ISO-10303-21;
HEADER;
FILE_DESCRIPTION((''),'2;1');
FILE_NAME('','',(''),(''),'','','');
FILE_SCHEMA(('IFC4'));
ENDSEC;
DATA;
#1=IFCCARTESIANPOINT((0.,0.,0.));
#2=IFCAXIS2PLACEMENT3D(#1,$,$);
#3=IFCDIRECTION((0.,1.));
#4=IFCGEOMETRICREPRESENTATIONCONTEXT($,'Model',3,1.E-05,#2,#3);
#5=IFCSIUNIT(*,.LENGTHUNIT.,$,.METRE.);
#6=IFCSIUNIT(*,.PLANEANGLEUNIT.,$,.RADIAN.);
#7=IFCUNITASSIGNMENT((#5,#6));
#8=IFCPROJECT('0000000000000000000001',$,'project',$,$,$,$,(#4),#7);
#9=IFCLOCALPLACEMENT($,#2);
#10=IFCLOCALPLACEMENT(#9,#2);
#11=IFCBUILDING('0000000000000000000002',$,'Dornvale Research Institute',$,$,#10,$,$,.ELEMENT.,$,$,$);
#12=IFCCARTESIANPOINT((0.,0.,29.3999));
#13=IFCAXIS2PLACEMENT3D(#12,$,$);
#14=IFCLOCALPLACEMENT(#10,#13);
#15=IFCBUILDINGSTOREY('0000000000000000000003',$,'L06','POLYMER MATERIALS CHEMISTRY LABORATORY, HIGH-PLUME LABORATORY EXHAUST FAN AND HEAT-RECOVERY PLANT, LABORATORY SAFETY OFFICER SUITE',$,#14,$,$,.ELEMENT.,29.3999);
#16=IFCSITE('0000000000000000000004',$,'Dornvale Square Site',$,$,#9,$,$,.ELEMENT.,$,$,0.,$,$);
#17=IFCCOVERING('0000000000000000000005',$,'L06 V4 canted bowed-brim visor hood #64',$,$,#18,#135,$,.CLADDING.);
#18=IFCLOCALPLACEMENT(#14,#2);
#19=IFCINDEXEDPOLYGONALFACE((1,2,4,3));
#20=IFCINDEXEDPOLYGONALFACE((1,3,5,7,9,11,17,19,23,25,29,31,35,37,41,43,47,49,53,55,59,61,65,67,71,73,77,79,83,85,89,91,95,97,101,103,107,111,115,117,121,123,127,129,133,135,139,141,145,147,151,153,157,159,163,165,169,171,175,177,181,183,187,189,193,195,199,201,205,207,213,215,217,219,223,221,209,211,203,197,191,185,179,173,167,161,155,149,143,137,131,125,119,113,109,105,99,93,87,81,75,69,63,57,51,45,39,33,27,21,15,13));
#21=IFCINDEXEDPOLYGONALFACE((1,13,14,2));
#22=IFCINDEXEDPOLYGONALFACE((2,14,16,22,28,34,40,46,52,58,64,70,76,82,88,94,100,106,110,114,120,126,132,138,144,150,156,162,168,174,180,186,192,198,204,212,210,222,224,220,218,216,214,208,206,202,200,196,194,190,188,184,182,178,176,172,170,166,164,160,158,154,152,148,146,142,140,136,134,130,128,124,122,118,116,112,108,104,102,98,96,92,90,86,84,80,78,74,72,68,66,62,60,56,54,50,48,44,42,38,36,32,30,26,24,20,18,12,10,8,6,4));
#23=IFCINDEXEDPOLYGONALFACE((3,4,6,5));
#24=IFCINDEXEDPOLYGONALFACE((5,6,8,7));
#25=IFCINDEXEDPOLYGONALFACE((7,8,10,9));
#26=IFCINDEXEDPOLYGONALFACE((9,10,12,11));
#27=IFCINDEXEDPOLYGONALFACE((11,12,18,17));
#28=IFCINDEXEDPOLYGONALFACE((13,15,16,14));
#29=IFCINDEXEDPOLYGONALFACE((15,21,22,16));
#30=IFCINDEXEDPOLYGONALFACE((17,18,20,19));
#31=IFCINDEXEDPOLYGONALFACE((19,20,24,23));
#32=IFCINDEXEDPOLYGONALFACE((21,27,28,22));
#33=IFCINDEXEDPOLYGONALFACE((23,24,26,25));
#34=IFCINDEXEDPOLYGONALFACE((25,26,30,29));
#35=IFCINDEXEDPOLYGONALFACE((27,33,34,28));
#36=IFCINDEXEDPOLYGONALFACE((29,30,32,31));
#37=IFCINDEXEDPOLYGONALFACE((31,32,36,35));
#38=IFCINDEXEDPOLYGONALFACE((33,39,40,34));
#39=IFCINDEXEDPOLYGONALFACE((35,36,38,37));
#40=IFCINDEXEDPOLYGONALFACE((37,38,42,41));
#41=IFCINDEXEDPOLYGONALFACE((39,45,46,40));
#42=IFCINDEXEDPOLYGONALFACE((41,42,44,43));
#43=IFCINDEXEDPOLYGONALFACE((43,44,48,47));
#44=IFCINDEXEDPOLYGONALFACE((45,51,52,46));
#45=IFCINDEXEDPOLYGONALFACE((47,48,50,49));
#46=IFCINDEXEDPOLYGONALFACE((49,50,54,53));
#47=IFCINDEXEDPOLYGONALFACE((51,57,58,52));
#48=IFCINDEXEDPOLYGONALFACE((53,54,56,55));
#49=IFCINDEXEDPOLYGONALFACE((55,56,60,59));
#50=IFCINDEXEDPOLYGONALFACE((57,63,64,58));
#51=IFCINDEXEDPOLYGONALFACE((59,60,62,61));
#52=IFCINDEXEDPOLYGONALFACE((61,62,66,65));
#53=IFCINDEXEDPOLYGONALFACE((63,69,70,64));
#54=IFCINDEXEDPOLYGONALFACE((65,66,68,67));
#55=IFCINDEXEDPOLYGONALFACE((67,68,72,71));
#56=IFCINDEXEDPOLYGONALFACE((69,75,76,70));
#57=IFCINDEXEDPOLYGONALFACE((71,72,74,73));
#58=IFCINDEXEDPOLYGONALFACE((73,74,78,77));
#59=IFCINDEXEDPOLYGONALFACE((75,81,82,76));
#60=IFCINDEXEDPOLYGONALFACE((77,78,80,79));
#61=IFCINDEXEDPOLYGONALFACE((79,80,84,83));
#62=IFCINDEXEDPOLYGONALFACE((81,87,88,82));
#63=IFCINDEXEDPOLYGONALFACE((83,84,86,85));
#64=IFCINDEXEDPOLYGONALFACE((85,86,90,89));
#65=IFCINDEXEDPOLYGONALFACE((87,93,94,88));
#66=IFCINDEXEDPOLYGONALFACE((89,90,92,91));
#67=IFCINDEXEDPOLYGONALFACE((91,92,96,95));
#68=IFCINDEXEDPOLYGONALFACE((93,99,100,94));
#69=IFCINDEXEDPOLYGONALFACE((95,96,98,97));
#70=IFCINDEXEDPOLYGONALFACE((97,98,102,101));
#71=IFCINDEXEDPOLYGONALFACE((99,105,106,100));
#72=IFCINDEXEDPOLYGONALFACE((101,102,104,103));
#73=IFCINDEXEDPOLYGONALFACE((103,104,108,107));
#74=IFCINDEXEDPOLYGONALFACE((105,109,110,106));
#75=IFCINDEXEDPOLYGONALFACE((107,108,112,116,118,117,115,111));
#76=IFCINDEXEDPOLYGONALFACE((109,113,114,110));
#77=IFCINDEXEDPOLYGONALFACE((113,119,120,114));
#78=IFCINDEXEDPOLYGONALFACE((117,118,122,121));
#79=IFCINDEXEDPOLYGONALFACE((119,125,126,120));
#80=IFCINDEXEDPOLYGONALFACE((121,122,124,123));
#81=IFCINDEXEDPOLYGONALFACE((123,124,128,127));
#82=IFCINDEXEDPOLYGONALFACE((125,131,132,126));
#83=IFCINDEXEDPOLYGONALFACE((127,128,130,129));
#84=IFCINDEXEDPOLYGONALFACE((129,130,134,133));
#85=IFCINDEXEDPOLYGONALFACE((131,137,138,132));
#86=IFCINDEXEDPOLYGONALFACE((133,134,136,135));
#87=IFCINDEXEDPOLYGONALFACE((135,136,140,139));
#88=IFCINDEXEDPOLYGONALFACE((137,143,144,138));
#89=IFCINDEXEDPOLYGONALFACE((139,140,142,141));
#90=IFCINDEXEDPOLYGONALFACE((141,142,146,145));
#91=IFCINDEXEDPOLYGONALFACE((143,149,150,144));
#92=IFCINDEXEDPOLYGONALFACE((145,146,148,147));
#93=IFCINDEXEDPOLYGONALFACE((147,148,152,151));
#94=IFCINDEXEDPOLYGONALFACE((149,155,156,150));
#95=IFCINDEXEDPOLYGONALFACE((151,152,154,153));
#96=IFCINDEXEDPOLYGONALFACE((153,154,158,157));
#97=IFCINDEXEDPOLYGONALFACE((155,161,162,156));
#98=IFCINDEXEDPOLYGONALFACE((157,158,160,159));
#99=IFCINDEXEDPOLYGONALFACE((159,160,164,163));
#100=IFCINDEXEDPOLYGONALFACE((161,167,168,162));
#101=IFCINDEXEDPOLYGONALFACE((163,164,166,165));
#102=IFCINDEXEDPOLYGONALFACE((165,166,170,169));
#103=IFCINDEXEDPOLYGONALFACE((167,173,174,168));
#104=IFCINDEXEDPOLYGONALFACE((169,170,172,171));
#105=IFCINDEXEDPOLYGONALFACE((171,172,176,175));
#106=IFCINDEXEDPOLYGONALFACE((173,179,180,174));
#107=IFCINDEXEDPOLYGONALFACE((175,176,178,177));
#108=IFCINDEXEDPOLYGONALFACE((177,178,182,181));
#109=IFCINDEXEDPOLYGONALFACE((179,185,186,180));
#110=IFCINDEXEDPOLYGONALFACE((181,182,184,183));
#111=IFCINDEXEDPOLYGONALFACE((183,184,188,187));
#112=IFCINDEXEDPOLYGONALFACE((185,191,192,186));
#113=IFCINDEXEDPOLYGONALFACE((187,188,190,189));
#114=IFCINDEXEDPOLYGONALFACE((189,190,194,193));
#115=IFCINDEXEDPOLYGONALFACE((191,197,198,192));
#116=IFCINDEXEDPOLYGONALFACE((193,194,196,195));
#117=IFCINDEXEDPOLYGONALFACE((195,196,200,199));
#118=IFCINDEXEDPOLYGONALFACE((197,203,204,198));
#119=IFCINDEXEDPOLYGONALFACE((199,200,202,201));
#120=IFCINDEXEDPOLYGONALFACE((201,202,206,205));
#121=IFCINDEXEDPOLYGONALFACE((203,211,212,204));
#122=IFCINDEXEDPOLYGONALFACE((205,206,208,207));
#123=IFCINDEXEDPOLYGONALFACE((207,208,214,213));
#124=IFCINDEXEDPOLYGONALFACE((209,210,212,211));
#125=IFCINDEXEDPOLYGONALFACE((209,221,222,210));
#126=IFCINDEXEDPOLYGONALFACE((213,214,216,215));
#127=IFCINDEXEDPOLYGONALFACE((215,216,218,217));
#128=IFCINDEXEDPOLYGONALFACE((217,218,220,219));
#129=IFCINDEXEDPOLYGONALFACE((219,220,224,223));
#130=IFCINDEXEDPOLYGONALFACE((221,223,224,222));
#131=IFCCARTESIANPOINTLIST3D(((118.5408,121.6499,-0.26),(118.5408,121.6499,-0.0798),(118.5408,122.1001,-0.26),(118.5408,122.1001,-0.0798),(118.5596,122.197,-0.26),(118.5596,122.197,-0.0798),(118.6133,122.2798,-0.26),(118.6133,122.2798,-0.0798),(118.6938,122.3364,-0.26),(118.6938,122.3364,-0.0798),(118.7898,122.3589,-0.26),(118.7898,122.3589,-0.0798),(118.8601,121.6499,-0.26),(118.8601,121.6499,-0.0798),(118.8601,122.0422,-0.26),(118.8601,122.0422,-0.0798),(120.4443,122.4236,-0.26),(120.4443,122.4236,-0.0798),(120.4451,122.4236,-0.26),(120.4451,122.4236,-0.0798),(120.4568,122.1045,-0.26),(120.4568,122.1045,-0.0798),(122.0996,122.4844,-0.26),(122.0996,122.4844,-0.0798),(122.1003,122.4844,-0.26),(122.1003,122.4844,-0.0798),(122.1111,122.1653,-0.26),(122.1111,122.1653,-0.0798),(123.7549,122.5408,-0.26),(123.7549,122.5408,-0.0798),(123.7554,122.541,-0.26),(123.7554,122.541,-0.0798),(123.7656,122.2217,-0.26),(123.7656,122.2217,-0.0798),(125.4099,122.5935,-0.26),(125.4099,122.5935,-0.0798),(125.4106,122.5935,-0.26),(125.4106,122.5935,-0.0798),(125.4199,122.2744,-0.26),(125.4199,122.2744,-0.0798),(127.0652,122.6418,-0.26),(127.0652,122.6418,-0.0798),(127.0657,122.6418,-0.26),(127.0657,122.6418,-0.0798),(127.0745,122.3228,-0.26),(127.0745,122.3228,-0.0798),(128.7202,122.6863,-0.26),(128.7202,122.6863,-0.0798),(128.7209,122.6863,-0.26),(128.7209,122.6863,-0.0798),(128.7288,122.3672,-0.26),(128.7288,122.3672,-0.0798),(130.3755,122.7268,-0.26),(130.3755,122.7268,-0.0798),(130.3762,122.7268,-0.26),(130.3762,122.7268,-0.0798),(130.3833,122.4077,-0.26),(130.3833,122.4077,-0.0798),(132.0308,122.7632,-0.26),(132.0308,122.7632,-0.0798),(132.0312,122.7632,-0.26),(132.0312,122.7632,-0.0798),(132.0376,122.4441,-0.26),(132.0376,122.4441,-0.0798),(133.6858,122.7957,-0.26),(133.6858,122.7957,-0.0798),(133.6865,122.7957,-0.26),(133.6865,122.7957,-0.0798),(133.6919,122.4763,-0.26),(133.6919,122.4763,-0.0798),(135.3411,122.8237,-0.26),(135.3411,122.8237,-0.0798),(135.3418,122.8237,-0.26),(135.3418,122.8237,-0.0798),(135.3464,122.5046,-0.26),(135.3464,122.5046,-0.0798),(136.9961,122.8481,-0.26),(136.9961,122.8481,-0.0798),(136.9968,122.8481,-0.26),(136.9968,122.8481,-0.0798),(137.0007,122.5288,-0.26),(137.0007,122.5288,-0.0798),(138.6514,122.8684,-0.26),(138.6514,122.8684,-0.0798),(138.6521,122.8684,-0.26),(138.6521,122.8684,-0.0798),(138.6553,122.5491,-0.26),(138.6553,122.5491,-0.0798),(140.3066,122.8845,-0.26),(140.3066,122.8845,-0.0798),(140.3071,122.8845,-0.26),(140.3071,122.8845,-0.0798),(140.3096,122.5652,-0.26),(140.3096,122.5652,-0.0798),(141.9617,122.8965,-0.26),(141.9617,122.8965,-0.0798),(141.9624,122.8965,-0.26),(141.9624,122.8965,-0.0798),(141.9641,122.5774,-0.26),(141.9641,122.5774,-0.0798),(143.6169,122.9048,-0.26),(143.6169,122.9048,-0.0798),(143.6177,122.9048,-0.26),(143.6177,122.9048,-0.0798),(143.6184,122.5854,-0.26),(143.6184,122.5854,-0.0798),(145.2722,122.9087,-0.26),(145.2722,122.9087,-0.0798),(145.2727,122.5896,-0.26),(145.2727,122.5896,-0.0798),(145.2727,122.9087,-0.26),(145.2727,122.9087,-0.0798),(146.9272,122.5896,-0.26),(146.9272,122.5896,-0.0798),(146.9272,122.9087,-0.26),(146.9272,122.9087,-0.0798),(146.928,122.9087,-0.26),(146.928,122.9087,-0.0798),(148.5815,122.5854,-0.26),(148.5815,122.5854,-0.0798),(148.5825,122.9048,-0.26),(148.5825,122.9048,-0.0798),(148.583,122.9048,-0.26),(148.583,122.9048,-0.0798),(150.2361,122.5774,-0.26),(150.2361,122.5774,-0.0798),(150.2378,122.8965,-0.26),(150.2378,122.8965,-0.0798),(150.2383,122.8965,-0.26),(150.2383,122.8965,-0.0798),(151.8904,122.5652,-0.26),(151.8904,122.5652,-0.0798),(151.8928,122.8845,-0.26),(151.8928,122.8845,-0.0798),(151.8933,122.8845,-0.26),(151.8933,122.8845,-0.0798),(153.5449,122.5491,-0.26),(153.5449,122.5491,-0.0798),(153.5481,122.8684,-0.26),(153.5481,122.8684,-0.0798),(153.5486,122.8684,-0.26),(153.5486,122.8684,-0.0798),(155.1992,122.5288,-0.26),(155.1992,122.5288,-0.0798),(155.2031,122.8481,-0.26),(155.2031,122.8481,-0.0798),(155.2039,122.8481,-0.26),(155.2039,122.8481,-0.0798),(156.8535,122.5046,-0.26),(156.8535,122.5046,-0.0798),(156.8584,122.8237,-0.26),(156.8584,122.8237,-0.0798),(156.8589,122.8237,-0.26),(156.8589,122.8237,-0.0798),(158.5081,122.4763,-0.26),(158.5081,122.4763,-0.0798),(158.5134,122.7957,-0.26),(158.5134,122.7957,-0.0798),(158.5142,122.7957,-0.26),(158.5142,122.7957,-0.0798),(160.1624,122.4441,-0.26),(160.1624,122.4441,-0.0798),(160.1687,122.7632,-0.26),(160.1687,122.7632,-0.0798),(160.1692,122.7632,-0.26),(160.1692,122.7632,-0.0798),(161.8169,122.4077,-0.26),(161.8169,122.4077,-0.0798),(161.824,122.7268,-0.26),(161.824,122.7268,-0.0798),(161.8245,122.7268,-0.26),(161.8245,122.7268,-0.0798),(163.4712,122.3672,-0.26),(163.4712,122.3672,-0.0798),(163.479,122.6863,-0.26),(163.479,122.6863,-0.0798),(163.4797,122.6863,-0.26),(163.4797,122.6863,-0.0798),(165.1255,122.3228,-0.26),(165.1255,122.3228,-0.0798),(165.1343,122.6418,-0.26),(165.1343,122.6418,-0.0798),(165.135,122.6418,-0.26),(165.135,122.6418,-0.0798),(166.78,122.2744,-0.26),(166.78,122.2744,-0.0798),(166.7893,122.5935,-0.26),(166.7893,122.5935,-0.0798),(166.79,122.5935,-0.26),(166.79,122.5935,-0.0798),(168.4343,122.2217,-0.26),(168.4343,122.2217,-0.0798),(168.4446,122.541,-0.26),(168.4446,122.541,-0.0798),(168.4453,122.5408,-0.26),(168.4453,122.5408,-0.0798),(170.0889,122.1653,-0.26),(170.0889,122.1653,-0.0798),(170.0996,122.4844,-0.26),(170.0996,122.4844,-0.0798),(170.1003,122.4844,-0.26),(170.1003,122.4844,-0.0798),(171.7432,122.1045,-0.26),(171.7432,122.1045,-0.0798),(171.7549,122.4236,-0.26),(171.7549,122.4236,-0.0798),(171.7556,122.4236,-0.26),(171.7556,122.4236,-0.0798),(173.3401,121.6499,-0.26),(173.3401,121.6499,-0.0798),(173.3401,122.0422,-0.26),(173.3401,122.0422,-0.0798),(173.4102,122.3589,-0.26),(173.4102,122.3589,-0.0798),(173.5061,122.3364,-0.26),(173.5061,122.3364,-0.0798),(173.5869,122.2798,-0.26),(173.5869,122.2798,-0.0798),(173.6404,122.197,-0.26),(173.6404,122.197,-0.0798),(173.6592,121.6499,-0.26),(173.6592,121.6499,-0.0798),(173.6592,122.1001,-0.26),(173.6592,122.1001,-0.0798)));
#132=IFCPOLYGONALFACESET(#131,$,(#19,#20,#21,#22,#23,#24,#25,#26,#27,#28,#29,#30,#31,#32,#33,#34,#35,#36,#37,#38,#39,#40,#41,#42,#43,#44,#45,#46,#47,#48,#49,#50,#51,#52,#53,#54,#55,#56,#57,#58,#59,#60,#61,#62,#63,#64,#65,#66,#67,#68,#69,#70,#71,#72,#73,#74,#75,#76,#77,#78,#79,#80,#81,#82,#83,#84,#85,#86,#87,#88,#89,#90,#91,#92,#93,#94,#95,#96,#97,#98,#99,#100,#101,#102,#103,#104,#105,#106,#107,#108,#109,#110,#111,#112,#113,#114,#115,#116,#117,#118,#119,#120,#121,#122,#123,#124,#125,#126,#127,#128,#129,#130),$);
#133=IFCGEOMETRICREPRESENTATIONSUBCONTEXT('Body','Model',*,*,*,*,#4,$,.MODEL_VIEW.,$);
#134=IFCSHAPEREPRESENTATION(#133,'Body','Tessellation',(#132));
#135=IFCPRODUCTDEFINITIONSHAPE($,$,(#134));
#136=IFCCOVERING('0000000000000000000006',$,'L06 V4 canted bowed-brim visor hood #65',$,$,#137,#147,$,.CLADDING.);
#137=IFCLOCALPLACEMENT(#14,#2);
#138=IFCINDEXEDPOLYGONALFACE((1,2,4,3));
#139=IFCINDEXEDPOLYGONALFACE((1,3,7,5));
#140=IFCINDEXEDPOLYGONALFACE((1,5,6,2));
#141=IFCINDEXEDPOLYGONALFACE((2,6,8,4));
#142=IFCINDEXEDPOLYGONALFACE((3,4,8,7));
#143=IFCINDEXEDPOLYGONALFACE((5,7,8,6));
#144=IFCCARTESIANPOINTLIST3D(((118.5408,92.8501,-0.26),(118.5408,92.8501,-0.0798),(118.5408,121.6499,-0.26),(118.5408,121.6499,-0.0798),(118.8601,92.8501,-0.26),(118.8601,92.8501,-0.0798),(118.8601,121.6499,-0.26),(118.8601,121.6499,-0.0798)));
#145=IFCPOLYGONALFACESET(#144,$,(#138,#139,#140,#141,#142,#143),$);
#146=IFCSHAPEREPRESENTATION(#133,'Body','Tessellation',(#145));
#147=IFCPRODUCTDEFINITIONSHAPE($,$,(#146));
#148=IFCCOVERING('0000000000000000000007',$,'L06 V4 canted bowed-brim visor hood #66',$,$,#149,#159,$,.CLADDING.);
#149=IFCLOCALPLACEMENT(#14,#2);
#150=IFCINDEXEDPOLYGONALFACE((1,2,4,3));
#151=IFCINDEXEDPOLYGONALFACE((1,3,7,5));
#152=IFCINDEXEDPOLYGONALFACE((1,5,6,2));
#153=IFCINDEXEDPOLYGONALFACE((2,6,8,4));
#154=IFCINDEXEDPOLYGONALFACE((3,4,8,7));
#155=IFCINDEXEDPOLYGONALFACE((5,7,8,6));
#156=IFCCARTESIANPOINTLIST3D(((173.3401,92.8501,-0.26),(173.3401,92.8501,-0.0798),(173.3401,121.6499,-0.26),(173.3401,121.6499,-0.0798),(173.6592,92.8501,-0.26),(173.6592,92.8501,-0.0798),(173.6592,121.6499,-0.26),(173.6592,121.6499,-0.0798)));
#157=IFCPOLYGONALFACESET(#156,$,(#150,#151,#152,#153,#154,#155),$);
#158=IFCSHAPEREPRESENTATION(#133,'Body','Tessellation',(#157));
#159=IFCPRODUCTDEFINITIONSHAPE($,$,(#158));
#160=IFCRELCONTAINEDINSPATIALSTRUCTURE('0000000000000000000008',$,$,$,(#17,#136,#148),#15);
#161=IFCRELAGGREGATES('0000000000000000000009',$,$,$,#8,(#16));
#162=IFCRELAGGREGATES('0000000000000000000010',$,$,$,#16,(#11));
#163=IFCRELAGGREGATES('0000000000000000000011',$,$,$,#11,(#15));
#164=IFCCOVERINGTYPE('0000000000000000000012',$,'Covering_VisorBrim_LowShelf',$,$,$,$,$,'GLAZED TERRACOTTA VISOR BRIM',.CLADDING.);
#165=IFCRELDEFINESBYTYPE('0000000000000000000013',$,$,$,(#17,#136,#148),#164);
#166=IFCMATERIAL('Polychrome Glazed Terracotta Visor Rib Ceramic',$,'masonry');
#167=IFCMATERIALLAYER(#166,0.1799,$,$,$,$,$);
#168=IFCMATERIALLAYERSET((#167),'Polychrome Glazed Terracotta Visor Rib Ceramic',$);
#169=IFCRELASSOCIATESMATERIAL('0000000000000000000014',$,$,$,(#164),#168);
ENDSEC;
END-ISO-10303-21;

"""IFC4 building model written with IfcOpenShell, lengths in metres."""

from ifc_helpers import new_model, si_unit, direction, frame, origin, place, context, subcontext, project, spatial, polyline, outline, extrude, material, layer, layer_set, type_object, element, save


model = new_model("IFC4")

# Units and contexts
model_context = context("Model", 3, precision=1e-05, world=origin(), true_north=direction((0.0, 1.0)))
body_context = subcontext(model_context, "Body", "Model", "MODEL_VIEW")
ifc_project = project(units=[si_unit("LENGTHUNIT", "METRE"), si_unit("PLANEANGLEUNIT", "RADIAN")], contexts=[model_context])

# Site, building, storey
site_placement = place(None, origin())
site = spatial("IfcSite", under=ifc_project, at=site_placement, Name="Dornvale Square Site", CompositionType="ELEMENT", RefElevation=0.0)
building_placement = place(site_placement, origin())
building = spatial("IfcBuilding", under=site, at=building_placement, Name="Dornvale Research Institute", CompositionType="ELEMENT")
storey_placement = place(building_placement, frame((0.0, 0.0, 29.3999)))
storey = spatial("IfcBuildingStorey", under=building, at=storey_placement, Name="L06", Description="POLYMER MATERIALS CHEMISTRY LABORATORY, HIGH-PLUME LABORATORY EXHAUST FAN AND HEAT-RECOVERY PLANT, LABORATORY SAFETY OFFICER SUITE", CompositionType="ELEMENT", Elevation=29.3999)

# Coverings
ifc_material_1 = material(Name="Polychrome Glazed Terracotta Visor Rib Ceramic", Category="masonry")
ifc_layer_1 = layer(ifc_material_1, 0.1799)
ifc_layer_set_1 = layer_set([ifc_layer_1], Name="Polychrome Glazed Terracotta Visor Rib Ceramic")
covering_type_1 = type_object("IfcCoveringType", Name="Covering_VisorBrim_LowShelf", ElementType="GLAZED TERRACOTTA VISOR BRIM", PredefinedType="CLADDING", material=ifc_layer_set_1)
covering_1_placement = place(storey_placement, frame((0.0, 0.0, -0.26)))
element("IfcCovering", 1, at=covering_1_placement, inside=storey, type_object=covering_type_1, Name="L06 V4 canted bowed-brim visor hood #64", PredefinedType="CLADDING", context=body_context, shape_type="SweptSolid", body=[
    extrude(outline(polyline([(118.5596, 122.197), (118.6133, 122.2798), (118.6938, 122.3364), (118.7898, 122.3589), (120.4443, 122.4236), (120.4451, 122.4236), (122.0996, 122.4844), (122.1003, 122.4844), (123.7549, 122.5408), (123.7554, 122.541), (125.4099, 122.5935), (125.4106, 122.5935), (127.0652, 122.6418), (127.0657, 122.6418), (128.7202, 122.6863), (128.7209, 122.6863), (130.3755, 122.7268), (130.3762, 122.7268), (132.0308, 122.7632), (132.0312, 122.7632), (133.6858, 122.7957), (133.6865, 122.7957), (135.3411, 122.8237), (135.3418, 122.8237), (136.9961, 122.8481), (136.9968, 122.8481), (138.6514, 122.8684), (138.6521, 122.8684), (140.3066, 122.8845), (140.3071, 122.8845), (141.9617, 122.8965), (141.9624, 122.8965), (143.6169, 122.9048), (143.6177, 122.9048), (145.2722, 122.9087), (145.2727, 122.9087), (146.9272, 122.9087), (146.928, 122.9087), (148.5825, 122.9048), (148.583, 122.9048), (150.2378, 122.8965), (150.2383, 122.8965), (151.8928, 122.8845), (151.8933, 122.8845), (153.5481, 122.8684), (153.5486, 122.8684), (155.2031, 122.8481), (155.2039, 122.8481), (156.8584, 122.8237), (156.8589, 122.8237), (158.5134, 122.7957), (158.5142, 122.7957), (160.1687, 122.7632), (160.1692, 122.7632), (161.824, 122.7268), (161.8245, 122.7268), (163.479, 122.6863), (163.4797, 122.6863), (165.1343, 122.6418), (165.135, 122.6418), (166.7893, 122.5935), (166.79, 122.5935), (168.4446, 122.541), (168.4453, 122.5408), (170.0996, 122.4844), (170.1003, 122.4844), (171.7549, 122.4236), (171.7556, 122.4236), (173.4102, 122.3589), (173.5061, 122.3364), (173.5869, 122.2798), (173.6404, 122.197), (173.6592, 122.1001), (173.6592, 121.6499), (173.3401, 121.6499), (173.3401, 122.0422), (171.7432, 122.1045), (170.0889, 122.1653), (168.4343, 122.2217), (166.78, 122.2744), (165.1255, 122.3228), (163.4712, 122.3672), (161.8169, 122.4077), (160.1624, 122.4441), (158.5081, 122.4763), (156.8535, 122.5046), (155.1992, 122.5288), (153.5449, 122.5491), (151.8904, 122.5652), (150.2361, 122.5774), (148.5815, 122.5854), (146.9272, 122.5896), (145.2727, 122.5896), (143.6184, 122.5854), (141.9641, 122.5774), (140.3096, 122.5652), (138.6553, 122.5491), (137.0007, 122.5288), (135.3464, 122.5046), (133.6919, 122.4763), (132.0376, 122.4441), (130.3833, 122.4077), (128.7288, 122.3672), (127.0745, 122.3228), (125.4199, 122.2744), (123.7656, 122.2217), (122.1111, 122.1653), (120.4568, 122.1045), (118.8601, 122.0422), (118.8601, 121.6499), (118.5408, 121.6499), (118.5408, 122.1001), (118.5596, 122.197)])), origin(), (0.0, 0.0, 1.0), 0.1802),
])
covering_2_placement = place(storey_placement, frame((0.0, 0.0, -0.26)))
element("IfcCovering", 2, at=covering_2_placement, inside=storey, type_object=covering_type_1, Name="L06 V4 canted bowed-brim visor hood #65", PredefinedType="CLADDING", context=body_context, shape_type="SweptSolid", body=[
    extrude(outline(polyline([(118.5408, 121.6499), (118.8601, 121.6499), (118.8601, 92.8501), (118.5408, 92.8501), (118.5408, 121.6499)])), origin(), (0.0, 0.0, 1.0), 0.1802),
])
covering_3_placement = place(storey_placement, frame((0.0, 0.0, -0.26)))
element("IfcCovering", 3, at=covering_3_placement, inside=storey, type_object=covering_type_1, Name="L06 V4 canted bowed-brim visor hood #66", PredefinedType="CLADDING", context=body_context, shape_type="SweptSolid", body=[
    extrude(outline(polyline([(173.6592, 92.8501), (173.3401, 92.8501), (173.3401, 121.6499), (173.6592, 121.6499), (173.6592, 92.8501)])), origin(), (0.0, 0.0, 1.0), 0.1802),
])

save(model, "model.ifc")
